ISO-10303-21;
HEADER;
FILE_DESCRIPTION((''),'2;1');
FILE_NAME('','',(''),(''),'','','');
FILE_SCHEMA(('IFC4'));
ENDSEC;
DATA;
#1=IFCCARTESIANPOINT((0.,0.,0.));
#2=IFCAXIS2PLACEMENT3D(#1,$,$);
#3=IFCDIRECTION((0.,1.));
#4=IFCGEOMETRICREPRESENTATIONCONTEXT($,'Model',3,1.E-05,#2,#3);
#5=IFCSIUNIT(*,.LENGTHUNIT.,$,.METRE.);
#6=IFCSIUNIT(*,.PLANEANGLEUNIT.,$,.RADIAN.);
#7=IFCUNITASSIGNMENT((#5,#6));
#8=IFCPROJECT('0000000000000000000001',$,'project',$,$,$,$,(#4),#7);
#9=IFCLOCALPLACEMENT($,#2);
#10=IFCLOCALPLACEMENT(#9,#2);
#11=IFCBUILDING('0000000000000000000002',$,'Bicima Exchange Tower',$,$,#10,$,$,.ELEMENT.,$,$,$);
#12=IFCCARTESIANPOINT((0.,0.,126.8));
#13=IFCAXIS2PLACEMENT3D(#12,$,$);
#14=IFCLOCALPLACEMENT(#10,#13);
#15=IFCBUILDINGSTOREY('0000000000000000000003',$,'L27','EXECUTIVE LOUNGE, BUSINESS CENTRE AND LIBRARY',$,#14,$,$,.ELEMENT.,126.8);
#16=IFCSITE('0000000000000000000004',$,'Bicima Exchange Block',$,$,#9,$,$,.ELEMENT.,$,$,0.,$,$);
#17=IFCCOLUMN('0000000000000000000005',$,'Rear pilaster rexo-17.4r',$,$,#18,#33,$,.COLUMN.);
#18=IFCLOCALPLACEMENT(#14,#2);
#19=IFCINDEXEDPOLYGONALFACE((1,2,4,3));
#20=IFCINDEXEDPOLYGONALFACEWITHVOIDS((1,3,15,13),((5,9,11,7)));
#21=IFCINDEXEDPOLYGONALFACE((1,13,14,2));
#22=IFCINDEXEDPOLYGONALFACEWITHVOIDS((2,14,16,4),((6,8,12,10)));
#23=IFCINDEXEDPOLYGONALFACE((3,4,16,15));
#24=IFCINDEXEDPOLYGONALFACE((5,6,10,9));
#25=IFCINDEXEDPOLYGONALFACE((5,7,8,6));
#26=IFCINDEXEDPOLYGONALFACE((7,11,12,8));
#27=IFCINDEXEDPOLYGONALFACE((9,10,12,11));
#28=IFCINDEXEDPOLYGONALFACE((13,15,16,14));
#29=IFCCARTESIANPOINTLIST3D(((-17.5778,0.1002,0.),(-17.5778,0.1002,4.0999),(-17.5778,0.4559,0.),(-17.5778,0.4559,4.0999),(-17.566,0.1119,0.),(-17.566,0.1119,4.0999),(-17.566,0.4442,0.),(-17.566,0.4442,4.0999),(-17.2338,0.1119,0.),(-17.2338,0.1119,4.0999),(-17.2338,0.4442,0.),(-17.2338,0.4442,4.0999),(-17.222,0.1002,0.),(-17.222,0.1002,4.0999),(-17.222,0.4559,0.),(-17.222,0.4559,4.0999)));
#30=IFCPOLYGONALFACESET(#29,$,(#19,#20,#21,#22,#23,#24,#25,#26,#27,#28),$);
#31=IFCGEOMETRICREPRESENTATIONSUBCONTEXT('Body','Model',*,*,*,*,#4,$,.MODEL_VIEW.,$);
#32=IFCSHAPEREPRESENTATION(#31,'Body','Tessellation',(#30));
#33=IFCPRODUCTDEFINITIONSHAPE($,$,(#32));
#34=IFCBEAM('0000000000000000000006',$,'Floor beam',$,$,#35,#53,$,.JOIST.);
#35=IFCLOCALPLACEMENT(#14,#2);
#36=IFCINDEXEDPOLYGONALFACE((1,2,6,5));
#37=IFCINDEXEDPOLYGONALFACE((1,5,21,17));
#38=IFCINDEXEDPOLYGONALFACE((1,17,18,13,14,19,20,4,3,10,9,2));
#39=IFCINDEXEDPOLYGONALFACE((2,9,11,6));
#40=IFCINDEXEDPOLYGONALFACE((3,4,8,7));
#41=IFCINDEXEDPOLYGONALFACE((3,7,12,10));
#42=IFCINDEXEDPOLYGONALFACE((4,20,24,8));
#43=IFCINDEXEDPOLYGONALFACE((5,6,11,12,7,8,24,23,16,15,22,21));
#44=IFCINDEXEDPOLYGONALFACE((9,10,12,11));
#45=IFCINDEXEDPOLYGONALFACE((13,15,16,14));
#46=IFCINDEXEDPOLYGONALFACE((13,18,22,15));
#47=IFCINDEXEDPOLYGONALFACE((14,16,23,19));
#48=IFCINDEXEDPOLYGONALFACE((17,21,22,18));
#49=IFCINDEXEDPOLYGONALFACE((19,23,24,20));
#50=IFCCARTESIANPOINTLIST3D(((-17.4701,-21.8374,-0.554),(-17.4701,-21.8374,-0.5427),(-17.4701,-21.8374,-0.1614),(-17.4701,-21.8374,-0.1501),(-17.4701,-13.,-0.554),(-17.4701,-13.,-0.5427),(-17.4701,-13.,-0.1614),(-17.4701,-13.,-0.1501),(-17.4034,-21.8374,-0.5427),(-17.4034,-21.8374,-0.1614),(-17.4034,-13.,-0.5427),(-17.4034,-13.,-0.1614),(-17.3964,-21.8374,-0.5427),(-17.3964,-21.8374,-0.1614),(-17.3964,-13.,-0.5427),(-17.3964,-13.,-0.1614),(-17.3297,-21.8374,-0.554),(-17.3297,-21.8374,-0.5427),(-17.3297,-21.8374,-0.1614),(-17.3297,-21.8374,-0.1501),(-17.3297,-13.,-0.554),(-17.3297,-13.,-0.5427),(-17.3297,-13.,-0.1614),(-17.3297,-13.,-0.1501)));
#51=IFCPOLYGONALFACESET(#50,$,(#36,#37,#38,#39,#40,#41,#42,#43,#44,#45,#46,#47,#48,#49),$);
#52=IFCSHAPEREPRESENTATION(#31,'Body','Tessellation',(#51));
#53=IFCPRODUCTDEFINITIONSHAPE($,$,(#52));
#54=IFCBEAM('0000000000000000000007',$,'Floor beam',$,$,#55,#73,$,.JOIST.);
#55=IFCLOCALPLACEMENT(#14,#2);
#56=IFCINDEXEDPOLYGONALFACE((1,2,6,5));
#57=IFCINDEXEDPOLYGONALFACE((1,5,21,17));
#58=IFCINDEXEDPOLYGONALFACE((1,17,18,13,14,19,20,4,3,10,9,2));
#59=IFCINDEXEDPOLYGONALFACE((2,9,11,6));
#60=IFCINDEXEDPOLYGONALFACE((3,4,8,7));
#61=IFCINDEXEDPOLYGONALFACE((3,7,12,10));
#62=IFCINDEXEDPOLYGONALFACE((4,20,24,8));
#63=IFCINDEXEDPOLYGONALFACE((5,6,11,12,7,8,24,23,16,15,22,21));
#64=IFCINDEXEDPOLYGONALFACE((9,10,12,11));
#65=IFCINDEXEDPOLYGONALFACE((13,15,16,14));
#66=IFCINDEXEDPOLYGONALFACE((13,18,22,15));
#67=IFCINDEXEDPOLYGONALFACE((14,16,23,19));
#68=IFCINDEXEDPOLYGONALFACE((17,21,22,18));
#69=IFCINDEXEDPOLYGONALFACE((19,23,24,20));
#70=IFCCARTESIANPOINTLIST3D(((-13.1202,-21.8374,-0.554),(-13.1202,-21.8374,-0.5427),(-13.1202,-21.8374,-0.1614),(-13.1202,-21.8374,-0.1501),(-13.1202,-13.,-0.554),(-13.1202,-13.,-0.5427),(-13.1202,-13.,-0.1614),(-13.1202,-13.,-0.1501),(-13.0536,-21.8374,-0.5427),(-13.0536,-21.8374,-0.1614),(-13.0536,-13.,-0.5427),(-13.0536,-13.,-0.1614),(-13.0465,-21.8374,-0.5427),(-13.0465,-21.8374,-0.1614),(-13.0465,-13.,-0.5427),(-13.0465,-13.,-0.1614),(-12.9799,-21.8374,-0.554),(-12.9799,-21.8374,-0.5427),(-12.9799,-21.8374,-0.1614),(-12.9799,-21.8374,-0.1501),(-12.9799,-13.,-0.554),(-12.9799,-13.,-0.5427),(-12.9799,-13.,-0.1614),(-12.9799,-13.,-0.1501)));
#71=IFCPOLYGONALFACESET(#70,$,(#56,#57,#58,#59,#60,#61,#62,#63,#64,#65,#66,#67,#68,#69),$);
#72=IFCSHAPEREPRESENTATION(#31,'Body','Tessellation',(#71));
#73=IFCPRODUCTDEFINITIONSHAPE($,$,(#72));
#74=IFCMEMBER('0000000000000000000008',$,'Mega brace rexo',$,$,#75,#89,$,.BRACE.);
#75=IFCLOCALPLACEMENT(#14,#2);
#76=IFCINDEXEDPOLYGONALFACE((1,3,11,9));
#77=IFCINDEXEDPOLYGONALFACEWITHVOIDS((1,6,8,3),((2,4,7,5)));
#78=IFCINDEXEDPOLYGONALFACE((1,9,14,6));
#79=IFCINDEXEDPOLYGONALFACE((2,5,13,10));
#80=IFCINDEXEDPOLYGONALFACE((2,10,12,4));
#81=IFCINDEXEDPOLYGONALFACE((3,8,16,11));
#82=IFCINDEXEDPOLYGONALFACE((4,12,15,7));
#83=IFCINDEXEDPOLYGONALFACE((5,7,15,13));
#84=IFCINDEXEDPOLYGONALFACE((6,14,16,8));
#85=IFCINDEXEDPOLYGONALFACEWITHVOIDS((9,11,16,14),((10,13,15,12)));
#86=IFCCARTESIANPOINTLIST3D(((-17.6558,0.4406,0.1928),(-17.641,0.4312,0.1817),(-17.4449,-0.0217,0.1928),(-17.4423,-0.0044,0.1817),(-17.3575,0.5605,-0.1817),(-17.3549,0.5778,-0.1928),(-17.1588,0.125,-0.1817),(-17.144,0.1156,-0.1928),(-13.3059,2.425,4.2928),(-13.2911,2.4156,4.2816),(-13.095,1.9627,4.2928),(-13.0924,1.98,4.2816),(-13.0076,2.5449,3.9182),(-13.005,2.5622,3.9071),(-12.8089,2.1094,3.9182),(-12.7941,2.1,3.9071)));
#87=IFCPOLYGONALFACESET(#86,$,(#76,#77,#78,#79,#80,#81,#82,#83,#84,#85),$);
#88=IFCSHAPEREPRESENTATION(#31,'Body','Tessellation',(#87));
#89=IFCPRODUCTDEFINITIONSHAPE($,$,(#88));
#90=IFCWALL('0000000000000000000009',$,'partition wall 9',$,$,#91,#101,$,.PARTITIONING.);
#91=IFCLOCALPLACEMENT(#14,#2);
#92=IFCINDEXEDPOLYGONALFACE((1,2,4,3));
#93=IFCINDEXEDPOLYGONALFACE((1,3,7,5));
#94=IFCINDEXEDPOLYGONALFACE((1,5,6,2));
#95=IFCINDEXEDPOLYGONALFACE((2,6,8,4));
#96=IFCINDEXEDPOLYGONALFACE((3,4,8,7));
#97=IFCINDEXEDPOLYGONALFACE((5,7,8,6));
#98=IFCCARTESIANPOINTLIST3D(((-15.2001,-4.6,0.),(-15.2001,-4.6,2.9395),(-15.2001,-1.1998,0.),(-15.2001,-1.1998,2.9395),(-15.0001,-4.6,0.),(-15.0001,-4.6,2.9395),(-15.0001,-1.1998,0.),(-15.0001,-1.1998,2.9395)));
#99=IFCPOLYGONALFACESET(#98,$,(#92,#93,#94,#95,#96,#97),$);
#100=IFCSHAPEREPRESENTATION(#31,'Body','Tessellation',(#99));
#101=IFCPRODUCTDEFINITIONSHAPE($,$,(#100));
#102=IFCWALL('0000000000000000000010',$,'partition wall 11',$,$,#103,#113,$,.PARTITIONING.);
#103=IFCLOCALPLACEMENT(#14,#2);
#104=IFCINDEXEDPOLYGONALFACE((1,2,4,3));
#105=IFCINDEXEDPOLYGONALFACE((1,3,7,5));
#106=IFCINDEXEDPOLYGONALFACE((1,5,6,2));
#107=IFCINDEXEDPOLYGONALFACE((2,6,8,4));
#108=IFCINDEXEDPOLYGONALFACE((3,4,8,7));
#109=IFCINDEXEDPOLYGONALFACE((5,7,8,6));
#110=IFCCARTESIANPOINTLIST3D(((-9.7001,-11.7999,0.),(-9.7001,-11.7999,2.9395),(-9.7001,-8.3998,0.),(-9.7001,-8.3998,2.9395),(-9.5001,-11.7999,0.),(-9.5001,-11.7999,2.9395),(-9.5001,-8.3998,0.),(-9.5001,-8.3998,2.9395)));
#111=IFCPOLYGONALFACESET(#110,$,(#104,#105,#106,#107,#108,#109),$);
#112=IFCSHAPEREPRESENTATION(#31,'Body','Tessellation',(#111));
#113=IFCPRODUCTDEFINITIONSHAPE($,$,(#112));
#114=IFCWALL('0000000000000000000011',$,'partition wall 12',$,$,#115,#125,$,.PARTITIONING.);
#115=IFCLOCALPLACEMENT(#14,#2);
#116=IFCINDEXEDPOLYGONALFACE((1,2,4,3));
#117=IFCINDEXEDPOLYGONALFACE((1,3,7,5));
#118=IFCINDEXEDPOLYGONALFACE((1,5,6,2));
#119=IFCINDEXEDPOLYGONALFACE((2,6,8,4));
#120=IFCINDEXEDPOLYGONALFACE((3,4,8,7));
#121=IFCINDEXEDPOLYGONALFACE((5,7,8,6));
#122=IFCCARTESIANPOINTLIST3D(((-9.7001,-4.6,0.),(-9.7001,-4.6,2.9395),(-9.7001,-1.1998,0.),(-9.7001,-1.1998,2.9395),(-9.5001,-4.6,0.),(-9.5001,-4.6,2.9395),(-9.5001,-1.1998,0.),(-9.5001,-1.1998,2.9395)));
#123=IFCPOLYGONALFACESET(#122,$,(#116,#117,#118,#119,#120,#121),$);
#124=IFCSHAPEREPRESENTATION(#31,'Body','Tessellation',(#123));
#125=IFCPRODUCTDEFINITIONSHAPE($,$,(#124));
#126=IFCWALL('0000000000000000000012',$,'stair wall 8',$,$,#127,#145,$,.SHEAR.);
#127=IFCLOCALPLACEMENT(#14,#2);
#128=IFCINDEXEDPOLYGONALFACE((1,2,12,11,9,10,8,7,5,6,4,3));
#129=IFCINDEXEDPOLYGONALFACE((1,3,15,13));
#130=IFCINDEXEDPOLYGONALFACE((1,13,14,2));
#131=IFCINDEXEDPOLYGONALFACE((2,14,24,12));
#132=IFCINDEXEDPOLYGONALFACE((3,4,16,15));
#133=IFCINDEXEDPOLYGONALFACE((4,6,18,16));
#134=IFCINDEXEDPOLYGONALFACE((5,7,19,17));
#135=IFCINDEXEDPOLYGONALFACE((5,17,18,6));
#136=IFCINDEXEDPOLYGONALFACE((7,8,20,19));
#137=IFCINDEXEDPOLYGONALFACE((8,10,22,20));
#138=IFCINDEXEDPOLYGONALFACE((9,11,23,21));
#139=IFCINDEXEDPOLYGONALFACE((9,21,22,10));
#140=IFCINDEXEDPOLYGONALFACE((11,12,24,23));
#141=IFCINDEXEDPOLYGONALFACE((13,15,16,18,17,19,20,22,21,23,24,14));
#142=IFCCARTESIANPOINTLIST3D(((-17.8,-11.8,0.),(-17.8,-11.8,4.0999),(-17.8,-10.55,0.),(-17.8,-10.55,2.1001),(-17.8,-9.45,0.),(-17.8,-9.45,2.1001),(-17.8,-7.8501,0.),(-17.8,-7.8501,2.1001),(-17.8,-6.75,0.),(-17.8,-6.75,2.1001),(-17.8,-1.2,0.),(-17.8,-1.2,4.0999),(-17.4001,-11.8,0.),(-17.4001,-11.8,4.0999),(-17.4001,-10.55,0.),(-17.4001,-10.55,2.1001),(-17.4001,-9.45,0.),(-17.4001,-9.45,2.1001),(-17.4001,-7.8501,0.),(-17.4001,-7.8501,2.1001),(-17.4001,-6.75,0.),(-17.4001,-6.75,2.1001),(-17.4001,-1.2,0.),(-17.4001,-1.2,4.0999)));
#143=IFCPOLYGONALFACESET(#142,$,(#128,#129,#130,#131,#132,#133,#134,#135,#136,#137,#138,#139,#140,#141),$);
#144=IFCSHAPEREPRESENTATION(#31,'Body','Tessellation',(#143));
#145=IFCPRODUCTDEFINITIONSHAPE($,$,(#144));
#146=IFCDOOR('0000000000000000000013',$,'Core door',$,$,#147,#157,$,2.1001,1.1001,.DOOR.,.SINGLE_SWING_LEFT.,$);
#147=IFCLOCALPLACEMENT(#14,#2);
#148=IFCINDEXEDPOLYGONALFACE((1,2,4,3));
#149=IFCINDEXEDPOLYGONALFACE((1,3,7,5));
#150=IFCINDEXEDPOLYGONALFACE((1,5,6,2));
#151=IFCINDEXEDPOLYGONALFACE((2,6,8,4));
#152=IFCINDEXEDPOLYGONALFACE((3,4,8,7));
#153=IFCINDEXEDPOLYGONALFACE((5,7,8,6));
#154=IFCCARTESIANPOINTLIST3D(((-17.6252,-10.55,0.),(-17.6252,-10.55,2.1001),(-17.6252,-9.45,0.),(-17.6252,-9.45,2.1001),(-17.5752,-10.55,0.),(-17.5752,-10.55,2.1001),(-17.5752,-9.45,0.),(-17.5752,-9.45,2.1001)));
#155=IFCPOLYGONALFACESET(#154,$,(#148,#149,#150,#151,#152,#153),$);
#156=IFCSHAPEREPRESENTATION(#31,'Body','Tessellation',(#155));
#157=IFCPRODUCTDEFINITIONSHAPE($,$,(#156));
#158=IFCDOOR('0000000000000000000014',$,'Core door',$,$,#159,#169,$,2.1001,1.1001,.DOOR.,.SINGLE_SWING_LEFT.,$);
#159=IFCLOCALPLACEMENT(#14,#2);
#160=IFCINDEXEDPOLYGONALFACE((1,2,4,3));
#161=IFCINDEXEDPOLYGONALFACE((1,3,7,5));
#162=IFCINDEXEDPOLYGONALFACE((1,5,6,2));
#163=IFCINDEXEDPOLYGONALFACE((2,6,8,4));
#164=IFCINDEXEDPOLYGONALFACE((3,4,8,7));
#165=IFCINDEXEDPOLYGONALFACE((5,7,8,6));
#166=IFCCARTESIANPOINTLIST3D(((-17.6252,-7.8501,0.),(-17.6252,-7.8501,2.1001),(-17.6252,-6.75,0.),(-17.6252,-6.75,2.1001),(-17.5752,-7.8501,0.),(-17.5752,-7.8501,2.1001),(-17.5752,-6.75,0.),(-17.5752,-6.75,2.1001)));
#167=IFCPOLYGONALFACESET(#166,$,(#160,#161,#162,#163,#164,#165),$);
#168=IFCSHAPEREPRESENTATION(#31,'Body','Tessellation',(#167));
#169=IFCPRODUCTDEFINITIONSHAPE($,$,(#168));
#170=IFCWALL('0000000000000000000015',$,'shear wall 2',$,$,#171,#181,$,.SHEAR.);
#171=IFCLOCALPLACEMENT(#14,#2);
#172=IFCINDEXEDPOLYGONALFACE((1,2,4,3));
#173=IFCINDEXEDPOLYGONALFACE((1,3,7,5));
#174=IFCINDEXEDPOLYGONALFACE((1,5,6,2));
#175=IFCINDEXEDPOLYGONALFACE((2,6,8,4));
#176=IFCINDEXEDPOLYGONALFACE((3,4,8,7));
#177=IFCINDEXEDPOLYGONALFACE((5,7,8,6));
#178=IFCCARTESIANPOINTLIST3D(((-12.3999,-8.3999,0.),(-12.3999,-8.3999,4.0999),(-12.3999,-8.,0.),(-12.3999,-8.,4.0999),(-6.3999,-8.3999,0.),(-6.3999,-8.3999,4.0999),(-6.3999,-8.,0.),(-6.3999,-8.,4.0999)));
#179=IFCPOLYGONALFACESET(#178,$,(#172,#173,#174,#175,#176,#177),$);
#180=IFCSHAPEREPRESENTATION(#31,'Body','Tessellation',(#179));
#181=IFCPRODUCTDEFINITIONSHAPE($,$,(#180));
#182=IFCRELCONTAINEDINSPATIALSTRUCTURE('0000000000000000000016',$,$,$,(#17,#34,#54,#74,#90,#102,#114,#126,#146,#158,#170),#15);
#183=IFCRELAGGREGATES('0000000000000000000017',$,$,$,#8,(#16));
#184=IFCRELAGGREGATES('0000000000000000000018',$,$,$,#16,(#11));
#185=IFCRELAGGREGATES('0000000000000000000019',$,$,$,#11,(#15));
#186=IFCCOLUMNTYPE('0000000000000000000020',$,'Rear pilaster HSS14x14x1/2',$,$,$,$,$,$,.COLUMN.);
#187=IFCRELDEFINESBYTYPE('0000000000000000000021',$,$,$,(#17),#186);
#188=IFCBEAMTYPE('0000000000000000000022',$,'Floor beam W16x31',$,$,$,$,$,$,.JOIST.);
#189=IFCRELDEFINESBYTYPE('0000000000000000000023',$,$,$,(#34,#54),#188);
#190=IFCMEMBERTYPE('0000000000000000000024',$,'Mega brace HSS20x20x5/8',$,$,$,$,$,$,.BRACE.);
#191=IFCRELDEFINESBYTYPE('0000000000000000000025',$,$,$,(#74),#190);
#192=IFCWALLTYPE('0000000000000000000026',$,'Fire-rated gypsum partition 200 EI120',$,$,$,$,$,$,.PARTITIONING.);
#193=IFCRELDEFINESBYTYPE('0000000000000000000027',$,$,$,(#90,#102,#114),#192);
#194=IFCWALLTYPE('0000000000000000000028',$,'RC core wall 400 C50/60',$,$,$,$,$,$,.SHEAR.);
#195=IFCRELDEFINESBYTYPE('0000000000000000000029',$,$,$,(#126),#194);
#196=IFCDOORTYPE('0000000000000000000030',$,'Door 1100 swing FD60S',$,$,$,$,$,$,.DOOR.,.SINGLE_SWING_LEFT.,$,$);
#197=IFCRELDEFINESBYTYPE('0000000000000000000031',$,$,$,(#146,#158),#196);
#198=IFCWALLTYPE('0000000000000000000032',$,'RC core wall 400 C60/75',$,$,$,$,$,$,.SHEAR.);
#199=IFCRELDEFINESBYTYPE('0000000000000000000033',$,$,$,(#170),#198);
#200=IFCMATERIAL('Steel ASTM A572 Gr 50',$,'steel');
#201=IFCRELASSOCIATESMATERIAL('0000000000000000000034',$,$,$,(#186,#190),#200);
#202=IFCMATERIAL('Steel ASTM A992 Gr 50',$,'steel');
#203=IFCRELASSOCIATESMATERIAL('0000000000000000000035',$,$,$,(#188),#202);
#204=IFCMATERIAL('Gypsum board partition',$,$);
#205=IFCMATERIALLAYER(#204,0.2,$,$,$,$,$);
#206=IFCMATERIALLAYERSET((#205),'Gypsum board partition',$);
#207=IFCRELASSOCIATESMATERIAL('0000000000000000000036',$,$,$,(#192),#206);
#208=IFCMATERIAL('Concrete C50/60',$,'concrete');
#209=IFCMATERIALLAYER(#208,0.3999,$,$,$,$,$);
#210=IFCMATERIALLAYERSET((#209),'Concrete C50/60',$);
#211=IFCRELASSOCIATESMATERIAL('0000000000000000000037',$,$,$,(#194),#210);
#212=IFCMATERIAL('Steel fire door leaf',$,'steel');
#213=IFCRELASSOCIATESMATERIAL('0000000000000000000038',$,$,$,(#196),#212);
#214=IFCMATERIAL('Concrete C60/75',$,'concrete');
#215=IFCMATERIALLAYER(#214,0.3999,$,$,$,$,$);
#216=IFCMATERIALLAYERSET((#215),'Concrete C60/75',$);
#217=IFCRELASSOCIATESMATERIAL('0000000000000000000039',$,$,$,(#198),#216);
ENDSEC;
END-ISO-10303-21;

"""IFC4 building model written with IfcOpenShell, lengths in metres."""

from ifc_helpers import new_model, si_unit, direction, frame, frame_2d, origin, origin_2d, place, context, subcontext, project, spatial, rectangle, hollow_rectangle, i_section, extrude, material, layer, layer_set, material_profile, profile_set, type_object, element, fill, save


model = new_model("IFC4")

# Units and contexts
model_context = context("Model", 3, precision=1e-05, world=origin(), true_north=direction((0.0, 1.0)))
body_context = subcontext(model_context, "Body", "Model", "MODEL_VIEW")
ifc_project = project(units=[si_unit("LENGTHUNIT", "METRE"), si_unit("PLANEANGLEUNIT", "RADIAN")], contexts=[model_context])

# Site, building, storey
site_placement = place(None, origin())
site = spatial("IfcSite", under=ifc_project, at=site_placement, Name="Bicima Exchange Block", CompositionType="ELEMENT", RefElevation=0.0)
building_placement = place(site_placement, origin())
building = spatial("IfcBuilding", under=site, at=building_placement, Name="Bicima Exchange Tower", CompositionType="ELEMENT")
storey_placement = place(building_placement, frame((0.0, 0.0, 126.8)))
storey = spatial("IfcBuildingStorey", under=building, at=storey_placement, Name="L27", Description="EXECUTIVE LOUNGE, BUSINESS CENTRE AND LIBRARY", CompositionType="ELEMENT", Elevation=126.8)

# Column
ifc_material_1 = material(Name="Steel ASTM A572 Gr 50", Category="steel")
ifc_material_profile_1 = material_profile(ifc_material_1, hollow_rectangle(XDim=0.3557, YDim=0.3557, WallThickness=0.0117, at=origin_2d()))
ifc_profile_set_1 = profile_set([ifc_material_profile_1], Name="Steel ASTM A572 Gr 50")
column_type = type_object("IfcColumnType", Name="Rear pilaster HSS14x14x1/2", PredefinedType="COLUMN", material=ifc_profile_set_1)
column_placement = place(storey_placement, frame((-17.3999, 0.2781, 0.0), z_axis=(0.0, 0.0, 1.0), x_axis=(1.0, 0.0, 0.0)))
element("IfcColumn", 1, at=column_placement, inside=storey, type_object=column_type, Name="Rear pilaster rexo-17.4r", PredefinedType="COLUMN", context=body_context, shape_type="SweptSolid", body=[
    extrude(hollow_rectangle(XDim=0.3557, YDim=0.3557, WallThickness=0.0117, at=origin_2d()), origin(), (0.0, 0.0, 1.0), 4.0999),
])

# Beams
ifc_material_2 = material(Name="Steel ASTM A992 Gr 50", Category="steel")
ifc_material_profile_2 = material_profile(ifc_material_2, i_section(OverallWidth=0.1404, OverallDepth=0.4038, WebThickness=0.0071, FlangeThickness=0.0112, at=origin_2d()))
ifc_profile_set_2 = profile_set([ifc_material_profile_2], Name="Steel ASTM A992 Gr 50")
beam_type = type_object("IfcBeamType", Name="Floor beam W16x31", PredefinedType="JOIST", material=ifc_profile_set_2)
for number, where, z_axis, x_axis, name in (
    (2, (-17.3999, -13.0, -0.3521), (0.0, -1.0, 0.0), (1.0, 0.0, 0.0), "Floor beam"),
    (3, (-13.05, -13.0, -0.3521), (0.0, -1.0, 0.0), (1.0, 0.0, 0.0), "Floor beam"),
):
    element("IfcBeam", number, at=place(storey_placement, frame(where, z_axis=z_axis, x_axis=x_axis)), inside=storey, type_object=beam_type, Name=name, PredefinedType="JOIST", context=body_context, shape_type="SweptSolid", body=[
        extrude(i_section(OverallWidth=0.1404, OverallDepth=0.4038, WebThickness=0.0071, FlangeThickness=0.0112, at=origin_2d()), origin(), (0.0, 0.0, 1.0), 8.8374),
    ])

# Member
ifc_material_profile_3 = material_profile(ifc_material_1, hollow_rectangle(XDim=0.5081, YDim=0.5081, WallThickness=0.0146, at=origin_2d()))
ifc_profile_set_3 = profile_set([ifc_material_profile_3], Name="Steel ASTM A572 Gr 50")
member_type = type_object("IfcMemberType", Name="Mega brace HSS20x20x5/8", PredefinedType="BRACE", material=ifc_profile_set_3)
member_placement = place(storey_placement, frame((-17.3999, 0.2781, 0.0), z_axis=(0.690646, 0.315068, 0.650953), x_axis=(-0.415045, 0.909801, 0.0)))
element("IfcMember", 4, at=member_placement, inside=storey, type_object=member_type, Name="Mega brace rexo", PredefinedType="BRACE", context=body_context, shape_type="SweptSolid", body=[
    extrude(hollow_rectangle(XDim=0.5081, YDim=0.5081, WallThickness=0.0146, at=origin_2d()), origin(), (0.0, 0.0, 1.0), 6.2983),
])

# Walls
ifc_material_3 = material(Name="Gypsum board partition")
ifc_layer_1 = layer(ifc_material_3, 0.2)
ifc_layer_set_1 = layer_set([ifc_layer_1], Name="Gypsum board partition")
wall_type_1 = type_object("IfcWallType", Name="Fire-rated gypsum partition 200 EI120", PredefinedType="PARTITIONING", material=ifc_layer_set_1)
for number, where, z_axis, x_axis, name in (
    (5, (-15.1001, -4.6001, 0.0), (0.0, 0.0, 1.0), (0.0, 1.0, 0.0), "partition wall 9"),
    (6, (-9.6001, -11.8, 0.0), (0.0, 0.0, 1.0), (0.0, 1.0, 0.0), "partition wall 11"),
    (7, (-9.6001, -4.6001, 0.0), (0.0, 0.0, 1.0), (0.0, 1.0, 0.0), "partition wall 12"),
):
    element("IfcWall", number, at=place(storey_placement, frame(where, z_axis=z_axis, x_axis=x_axis)), inside=storey, type_object=wall_type_1, Name=name, PredefinedType="PARTITIONING", context=body_context, shape_type="SweptSolid", body=[
        extrude(rectangle(XDim=3.4001, YDim=0.2, at=frame_2d((1.7002, 0.0))), origin(), (0.0, 0.0, 1.0), 2.9395),
    ])

# Wall, openings, doors
ifc_material_4 = material(Name="Concrete C50/60", Category="concrete")
ifc_layer_2 = layer(ifc_material_4, 0.3999)
ifc_layer_set_2 = layer_set([ifc_layer_2], Name="Concrete C50/60")
wall_type_2 = type_object("IfcWallType", Name="RC core wall 400 C50/60", PredefinedType="SHEAR", material=ifc_layer_set_2)
wall_1_placement = place(storey_placement, frame((-17.6001, -11.8, 0.0), z_axis=(0.0, 0.0, 1.0), x_axis=(0.0, 1.0, 0.0)))
wall_1 = element("IfcWall", 8, at=wall_1_placement, inside=storey, type_object=wall_type_2, Name="stair wall 8", PredefinedType="SHEAR", context=body_context, shape_type="SweptSolid", body=[
    extrude(rectangle(XDim=10.6001, YDim=0.3999, at=frame_2d((5.3, 0.0))), origin(), (0.0, 0.0, 1.0), 4.0999),
])
opening_1_placement = place(wall_1_placement, frame((1.25, 0.0, 0.0)))
opening_1 = element("IfcOpeningElement", 9, at=opening_1_placement, cuts=wall_1, PredefinedType="OPENING", context=body_context, shape_type="SweptSolid", body=[
    extrude(rectangle(XDim=1.1001, YDim=2.1001, at=frame_2d((0.55, 1.05))), frame((0.0, 0.2119, 0.0), z_axis=(0.0, -1.0, 0.0), x_axis=(1.0, 0.0, 0.0)), (0.0, 0.0, 1.0), 0.4238),
])
opening_2_placement = place(wall_1_placement, frame((3.95, 0.0, 0.0)))
opening_2 = element("IfcOpeningElement", 10, at=opening_2_placement, cuts=wall_1, PredefinedType="OPENING", context=body_context, shape_type="SweptSolid", body=[
    extrude(rectangle(XDim=1.1001, YDim=2.1001, at=frame_2d((0.55, 1.05))), frame((0.0, 0.2119, 0.0), z_axis=(0.0, -1.0, 0.0), x_axis=(1.0, 0.0, 0.0)), (0.0, 0.0, 1.0), 0.4238),
])
ifc_material_5 = material(Name="Steel fire door leaf", Category="steel")
door_type_1 = type_object("IfcDoorType", Name="Door 1100 swing FD60S", OperationType="SINGLE_SWING_LEFT", PredefinedType="DOOR", material=ifc_material_5)
door_1_placement = place(opening_1_placement, frame((1.1001, 0.0, 0.0), z_axis=(0.0, 0.0, 1.0), x_axis=(-1.0, 0.0, 0.0)))
door_1 = element("IfcDoor", 11, at=door_1_placement, inside=storey, type_object=door_type_1, Name="Core door", OperationType="SINGLE_SWING_LEFT", OverallHeight=2.1001, OverallWidth=1.1001, PredefinedType="DOOR", context=body_context, shape_type="SweptSolid", body=[
    extrude(rectangle(XDim=1.1001, YDim=2.1001, at=frame_2d((0.55, 1.05))), frame((0.0, 0.0249, 0.0), z_axis=(0.0, -1.0, 0.0), x_axis=(1.0, 0.0, 0.0)), (0.0, 0.0, 1.0), 0.05),
])
fill(opening_1, door_1)
door_2_placement = place(opening_2_placement, frame((1.1001, 0.0, 0.0), z_axis=(0.0, 0.0, 1.0), x_axis=(-1.0, 0.0, 0.0)))
door_2 = element("IfcDoor", 12, at=door_2_placement, inside=storey, type_object=door_type_1, Name="Core door", OperationType="SINGLE_SWING_LEFT", OverallHeight=2.1001, OverallWidth=1.1001, PredefinedType="DOOR", context=body_context, shape_type="SweptSolid", body=[
    extrude(rectangle(XDim=1.1001, YDim=2.1001, at=frame_2d((0.55, 1.05))), frame((0.0, 0.0249, 0.0), z_axis=(0.0, -1.0, 0.0), x_axis=(1.0, 0.0, 0.0)), (0.0, 0.0, 1.0), 0.05),
])
fill(opening_2, door_2)

# Wall
ifc_material_6 = material(Name="Concrete C60/75", Category="concrete")
ifc_layer_3 = layer(ifc_material_6, 0.3999)
ifc_layer_set_3 = layer_set([ifc_layer_3], Name="Concrete C60/75")
wall_type_3 = type_object("IfcWallType", Name="RC core wall 400 C60/75", PredefinedType="SHEAR", material=ifc_layer_set_3)
wall_2_placement = place(storey_placement, frame((-12.3999, -8.2, 0.0), z_axis=(0.0, 0.0, 1.0), x_axis=(1.0, 0.0, 0.0)))
element("IfcWall", 13, at=wall_2_placement, inside=storey, type_object=wall_type_3, Name="shear wall 2", PredefinedType="SHEAR", context=body_context, shape_type="SweptSolid", body=[
    extrude(rectangle(XDim=6.0, YDim=0.3999, at=frame_2d((3.0, 0.0))), origin(), (0.0, 0.0, 1.0), 4.0999),
])

save(model, "model.ifc")
